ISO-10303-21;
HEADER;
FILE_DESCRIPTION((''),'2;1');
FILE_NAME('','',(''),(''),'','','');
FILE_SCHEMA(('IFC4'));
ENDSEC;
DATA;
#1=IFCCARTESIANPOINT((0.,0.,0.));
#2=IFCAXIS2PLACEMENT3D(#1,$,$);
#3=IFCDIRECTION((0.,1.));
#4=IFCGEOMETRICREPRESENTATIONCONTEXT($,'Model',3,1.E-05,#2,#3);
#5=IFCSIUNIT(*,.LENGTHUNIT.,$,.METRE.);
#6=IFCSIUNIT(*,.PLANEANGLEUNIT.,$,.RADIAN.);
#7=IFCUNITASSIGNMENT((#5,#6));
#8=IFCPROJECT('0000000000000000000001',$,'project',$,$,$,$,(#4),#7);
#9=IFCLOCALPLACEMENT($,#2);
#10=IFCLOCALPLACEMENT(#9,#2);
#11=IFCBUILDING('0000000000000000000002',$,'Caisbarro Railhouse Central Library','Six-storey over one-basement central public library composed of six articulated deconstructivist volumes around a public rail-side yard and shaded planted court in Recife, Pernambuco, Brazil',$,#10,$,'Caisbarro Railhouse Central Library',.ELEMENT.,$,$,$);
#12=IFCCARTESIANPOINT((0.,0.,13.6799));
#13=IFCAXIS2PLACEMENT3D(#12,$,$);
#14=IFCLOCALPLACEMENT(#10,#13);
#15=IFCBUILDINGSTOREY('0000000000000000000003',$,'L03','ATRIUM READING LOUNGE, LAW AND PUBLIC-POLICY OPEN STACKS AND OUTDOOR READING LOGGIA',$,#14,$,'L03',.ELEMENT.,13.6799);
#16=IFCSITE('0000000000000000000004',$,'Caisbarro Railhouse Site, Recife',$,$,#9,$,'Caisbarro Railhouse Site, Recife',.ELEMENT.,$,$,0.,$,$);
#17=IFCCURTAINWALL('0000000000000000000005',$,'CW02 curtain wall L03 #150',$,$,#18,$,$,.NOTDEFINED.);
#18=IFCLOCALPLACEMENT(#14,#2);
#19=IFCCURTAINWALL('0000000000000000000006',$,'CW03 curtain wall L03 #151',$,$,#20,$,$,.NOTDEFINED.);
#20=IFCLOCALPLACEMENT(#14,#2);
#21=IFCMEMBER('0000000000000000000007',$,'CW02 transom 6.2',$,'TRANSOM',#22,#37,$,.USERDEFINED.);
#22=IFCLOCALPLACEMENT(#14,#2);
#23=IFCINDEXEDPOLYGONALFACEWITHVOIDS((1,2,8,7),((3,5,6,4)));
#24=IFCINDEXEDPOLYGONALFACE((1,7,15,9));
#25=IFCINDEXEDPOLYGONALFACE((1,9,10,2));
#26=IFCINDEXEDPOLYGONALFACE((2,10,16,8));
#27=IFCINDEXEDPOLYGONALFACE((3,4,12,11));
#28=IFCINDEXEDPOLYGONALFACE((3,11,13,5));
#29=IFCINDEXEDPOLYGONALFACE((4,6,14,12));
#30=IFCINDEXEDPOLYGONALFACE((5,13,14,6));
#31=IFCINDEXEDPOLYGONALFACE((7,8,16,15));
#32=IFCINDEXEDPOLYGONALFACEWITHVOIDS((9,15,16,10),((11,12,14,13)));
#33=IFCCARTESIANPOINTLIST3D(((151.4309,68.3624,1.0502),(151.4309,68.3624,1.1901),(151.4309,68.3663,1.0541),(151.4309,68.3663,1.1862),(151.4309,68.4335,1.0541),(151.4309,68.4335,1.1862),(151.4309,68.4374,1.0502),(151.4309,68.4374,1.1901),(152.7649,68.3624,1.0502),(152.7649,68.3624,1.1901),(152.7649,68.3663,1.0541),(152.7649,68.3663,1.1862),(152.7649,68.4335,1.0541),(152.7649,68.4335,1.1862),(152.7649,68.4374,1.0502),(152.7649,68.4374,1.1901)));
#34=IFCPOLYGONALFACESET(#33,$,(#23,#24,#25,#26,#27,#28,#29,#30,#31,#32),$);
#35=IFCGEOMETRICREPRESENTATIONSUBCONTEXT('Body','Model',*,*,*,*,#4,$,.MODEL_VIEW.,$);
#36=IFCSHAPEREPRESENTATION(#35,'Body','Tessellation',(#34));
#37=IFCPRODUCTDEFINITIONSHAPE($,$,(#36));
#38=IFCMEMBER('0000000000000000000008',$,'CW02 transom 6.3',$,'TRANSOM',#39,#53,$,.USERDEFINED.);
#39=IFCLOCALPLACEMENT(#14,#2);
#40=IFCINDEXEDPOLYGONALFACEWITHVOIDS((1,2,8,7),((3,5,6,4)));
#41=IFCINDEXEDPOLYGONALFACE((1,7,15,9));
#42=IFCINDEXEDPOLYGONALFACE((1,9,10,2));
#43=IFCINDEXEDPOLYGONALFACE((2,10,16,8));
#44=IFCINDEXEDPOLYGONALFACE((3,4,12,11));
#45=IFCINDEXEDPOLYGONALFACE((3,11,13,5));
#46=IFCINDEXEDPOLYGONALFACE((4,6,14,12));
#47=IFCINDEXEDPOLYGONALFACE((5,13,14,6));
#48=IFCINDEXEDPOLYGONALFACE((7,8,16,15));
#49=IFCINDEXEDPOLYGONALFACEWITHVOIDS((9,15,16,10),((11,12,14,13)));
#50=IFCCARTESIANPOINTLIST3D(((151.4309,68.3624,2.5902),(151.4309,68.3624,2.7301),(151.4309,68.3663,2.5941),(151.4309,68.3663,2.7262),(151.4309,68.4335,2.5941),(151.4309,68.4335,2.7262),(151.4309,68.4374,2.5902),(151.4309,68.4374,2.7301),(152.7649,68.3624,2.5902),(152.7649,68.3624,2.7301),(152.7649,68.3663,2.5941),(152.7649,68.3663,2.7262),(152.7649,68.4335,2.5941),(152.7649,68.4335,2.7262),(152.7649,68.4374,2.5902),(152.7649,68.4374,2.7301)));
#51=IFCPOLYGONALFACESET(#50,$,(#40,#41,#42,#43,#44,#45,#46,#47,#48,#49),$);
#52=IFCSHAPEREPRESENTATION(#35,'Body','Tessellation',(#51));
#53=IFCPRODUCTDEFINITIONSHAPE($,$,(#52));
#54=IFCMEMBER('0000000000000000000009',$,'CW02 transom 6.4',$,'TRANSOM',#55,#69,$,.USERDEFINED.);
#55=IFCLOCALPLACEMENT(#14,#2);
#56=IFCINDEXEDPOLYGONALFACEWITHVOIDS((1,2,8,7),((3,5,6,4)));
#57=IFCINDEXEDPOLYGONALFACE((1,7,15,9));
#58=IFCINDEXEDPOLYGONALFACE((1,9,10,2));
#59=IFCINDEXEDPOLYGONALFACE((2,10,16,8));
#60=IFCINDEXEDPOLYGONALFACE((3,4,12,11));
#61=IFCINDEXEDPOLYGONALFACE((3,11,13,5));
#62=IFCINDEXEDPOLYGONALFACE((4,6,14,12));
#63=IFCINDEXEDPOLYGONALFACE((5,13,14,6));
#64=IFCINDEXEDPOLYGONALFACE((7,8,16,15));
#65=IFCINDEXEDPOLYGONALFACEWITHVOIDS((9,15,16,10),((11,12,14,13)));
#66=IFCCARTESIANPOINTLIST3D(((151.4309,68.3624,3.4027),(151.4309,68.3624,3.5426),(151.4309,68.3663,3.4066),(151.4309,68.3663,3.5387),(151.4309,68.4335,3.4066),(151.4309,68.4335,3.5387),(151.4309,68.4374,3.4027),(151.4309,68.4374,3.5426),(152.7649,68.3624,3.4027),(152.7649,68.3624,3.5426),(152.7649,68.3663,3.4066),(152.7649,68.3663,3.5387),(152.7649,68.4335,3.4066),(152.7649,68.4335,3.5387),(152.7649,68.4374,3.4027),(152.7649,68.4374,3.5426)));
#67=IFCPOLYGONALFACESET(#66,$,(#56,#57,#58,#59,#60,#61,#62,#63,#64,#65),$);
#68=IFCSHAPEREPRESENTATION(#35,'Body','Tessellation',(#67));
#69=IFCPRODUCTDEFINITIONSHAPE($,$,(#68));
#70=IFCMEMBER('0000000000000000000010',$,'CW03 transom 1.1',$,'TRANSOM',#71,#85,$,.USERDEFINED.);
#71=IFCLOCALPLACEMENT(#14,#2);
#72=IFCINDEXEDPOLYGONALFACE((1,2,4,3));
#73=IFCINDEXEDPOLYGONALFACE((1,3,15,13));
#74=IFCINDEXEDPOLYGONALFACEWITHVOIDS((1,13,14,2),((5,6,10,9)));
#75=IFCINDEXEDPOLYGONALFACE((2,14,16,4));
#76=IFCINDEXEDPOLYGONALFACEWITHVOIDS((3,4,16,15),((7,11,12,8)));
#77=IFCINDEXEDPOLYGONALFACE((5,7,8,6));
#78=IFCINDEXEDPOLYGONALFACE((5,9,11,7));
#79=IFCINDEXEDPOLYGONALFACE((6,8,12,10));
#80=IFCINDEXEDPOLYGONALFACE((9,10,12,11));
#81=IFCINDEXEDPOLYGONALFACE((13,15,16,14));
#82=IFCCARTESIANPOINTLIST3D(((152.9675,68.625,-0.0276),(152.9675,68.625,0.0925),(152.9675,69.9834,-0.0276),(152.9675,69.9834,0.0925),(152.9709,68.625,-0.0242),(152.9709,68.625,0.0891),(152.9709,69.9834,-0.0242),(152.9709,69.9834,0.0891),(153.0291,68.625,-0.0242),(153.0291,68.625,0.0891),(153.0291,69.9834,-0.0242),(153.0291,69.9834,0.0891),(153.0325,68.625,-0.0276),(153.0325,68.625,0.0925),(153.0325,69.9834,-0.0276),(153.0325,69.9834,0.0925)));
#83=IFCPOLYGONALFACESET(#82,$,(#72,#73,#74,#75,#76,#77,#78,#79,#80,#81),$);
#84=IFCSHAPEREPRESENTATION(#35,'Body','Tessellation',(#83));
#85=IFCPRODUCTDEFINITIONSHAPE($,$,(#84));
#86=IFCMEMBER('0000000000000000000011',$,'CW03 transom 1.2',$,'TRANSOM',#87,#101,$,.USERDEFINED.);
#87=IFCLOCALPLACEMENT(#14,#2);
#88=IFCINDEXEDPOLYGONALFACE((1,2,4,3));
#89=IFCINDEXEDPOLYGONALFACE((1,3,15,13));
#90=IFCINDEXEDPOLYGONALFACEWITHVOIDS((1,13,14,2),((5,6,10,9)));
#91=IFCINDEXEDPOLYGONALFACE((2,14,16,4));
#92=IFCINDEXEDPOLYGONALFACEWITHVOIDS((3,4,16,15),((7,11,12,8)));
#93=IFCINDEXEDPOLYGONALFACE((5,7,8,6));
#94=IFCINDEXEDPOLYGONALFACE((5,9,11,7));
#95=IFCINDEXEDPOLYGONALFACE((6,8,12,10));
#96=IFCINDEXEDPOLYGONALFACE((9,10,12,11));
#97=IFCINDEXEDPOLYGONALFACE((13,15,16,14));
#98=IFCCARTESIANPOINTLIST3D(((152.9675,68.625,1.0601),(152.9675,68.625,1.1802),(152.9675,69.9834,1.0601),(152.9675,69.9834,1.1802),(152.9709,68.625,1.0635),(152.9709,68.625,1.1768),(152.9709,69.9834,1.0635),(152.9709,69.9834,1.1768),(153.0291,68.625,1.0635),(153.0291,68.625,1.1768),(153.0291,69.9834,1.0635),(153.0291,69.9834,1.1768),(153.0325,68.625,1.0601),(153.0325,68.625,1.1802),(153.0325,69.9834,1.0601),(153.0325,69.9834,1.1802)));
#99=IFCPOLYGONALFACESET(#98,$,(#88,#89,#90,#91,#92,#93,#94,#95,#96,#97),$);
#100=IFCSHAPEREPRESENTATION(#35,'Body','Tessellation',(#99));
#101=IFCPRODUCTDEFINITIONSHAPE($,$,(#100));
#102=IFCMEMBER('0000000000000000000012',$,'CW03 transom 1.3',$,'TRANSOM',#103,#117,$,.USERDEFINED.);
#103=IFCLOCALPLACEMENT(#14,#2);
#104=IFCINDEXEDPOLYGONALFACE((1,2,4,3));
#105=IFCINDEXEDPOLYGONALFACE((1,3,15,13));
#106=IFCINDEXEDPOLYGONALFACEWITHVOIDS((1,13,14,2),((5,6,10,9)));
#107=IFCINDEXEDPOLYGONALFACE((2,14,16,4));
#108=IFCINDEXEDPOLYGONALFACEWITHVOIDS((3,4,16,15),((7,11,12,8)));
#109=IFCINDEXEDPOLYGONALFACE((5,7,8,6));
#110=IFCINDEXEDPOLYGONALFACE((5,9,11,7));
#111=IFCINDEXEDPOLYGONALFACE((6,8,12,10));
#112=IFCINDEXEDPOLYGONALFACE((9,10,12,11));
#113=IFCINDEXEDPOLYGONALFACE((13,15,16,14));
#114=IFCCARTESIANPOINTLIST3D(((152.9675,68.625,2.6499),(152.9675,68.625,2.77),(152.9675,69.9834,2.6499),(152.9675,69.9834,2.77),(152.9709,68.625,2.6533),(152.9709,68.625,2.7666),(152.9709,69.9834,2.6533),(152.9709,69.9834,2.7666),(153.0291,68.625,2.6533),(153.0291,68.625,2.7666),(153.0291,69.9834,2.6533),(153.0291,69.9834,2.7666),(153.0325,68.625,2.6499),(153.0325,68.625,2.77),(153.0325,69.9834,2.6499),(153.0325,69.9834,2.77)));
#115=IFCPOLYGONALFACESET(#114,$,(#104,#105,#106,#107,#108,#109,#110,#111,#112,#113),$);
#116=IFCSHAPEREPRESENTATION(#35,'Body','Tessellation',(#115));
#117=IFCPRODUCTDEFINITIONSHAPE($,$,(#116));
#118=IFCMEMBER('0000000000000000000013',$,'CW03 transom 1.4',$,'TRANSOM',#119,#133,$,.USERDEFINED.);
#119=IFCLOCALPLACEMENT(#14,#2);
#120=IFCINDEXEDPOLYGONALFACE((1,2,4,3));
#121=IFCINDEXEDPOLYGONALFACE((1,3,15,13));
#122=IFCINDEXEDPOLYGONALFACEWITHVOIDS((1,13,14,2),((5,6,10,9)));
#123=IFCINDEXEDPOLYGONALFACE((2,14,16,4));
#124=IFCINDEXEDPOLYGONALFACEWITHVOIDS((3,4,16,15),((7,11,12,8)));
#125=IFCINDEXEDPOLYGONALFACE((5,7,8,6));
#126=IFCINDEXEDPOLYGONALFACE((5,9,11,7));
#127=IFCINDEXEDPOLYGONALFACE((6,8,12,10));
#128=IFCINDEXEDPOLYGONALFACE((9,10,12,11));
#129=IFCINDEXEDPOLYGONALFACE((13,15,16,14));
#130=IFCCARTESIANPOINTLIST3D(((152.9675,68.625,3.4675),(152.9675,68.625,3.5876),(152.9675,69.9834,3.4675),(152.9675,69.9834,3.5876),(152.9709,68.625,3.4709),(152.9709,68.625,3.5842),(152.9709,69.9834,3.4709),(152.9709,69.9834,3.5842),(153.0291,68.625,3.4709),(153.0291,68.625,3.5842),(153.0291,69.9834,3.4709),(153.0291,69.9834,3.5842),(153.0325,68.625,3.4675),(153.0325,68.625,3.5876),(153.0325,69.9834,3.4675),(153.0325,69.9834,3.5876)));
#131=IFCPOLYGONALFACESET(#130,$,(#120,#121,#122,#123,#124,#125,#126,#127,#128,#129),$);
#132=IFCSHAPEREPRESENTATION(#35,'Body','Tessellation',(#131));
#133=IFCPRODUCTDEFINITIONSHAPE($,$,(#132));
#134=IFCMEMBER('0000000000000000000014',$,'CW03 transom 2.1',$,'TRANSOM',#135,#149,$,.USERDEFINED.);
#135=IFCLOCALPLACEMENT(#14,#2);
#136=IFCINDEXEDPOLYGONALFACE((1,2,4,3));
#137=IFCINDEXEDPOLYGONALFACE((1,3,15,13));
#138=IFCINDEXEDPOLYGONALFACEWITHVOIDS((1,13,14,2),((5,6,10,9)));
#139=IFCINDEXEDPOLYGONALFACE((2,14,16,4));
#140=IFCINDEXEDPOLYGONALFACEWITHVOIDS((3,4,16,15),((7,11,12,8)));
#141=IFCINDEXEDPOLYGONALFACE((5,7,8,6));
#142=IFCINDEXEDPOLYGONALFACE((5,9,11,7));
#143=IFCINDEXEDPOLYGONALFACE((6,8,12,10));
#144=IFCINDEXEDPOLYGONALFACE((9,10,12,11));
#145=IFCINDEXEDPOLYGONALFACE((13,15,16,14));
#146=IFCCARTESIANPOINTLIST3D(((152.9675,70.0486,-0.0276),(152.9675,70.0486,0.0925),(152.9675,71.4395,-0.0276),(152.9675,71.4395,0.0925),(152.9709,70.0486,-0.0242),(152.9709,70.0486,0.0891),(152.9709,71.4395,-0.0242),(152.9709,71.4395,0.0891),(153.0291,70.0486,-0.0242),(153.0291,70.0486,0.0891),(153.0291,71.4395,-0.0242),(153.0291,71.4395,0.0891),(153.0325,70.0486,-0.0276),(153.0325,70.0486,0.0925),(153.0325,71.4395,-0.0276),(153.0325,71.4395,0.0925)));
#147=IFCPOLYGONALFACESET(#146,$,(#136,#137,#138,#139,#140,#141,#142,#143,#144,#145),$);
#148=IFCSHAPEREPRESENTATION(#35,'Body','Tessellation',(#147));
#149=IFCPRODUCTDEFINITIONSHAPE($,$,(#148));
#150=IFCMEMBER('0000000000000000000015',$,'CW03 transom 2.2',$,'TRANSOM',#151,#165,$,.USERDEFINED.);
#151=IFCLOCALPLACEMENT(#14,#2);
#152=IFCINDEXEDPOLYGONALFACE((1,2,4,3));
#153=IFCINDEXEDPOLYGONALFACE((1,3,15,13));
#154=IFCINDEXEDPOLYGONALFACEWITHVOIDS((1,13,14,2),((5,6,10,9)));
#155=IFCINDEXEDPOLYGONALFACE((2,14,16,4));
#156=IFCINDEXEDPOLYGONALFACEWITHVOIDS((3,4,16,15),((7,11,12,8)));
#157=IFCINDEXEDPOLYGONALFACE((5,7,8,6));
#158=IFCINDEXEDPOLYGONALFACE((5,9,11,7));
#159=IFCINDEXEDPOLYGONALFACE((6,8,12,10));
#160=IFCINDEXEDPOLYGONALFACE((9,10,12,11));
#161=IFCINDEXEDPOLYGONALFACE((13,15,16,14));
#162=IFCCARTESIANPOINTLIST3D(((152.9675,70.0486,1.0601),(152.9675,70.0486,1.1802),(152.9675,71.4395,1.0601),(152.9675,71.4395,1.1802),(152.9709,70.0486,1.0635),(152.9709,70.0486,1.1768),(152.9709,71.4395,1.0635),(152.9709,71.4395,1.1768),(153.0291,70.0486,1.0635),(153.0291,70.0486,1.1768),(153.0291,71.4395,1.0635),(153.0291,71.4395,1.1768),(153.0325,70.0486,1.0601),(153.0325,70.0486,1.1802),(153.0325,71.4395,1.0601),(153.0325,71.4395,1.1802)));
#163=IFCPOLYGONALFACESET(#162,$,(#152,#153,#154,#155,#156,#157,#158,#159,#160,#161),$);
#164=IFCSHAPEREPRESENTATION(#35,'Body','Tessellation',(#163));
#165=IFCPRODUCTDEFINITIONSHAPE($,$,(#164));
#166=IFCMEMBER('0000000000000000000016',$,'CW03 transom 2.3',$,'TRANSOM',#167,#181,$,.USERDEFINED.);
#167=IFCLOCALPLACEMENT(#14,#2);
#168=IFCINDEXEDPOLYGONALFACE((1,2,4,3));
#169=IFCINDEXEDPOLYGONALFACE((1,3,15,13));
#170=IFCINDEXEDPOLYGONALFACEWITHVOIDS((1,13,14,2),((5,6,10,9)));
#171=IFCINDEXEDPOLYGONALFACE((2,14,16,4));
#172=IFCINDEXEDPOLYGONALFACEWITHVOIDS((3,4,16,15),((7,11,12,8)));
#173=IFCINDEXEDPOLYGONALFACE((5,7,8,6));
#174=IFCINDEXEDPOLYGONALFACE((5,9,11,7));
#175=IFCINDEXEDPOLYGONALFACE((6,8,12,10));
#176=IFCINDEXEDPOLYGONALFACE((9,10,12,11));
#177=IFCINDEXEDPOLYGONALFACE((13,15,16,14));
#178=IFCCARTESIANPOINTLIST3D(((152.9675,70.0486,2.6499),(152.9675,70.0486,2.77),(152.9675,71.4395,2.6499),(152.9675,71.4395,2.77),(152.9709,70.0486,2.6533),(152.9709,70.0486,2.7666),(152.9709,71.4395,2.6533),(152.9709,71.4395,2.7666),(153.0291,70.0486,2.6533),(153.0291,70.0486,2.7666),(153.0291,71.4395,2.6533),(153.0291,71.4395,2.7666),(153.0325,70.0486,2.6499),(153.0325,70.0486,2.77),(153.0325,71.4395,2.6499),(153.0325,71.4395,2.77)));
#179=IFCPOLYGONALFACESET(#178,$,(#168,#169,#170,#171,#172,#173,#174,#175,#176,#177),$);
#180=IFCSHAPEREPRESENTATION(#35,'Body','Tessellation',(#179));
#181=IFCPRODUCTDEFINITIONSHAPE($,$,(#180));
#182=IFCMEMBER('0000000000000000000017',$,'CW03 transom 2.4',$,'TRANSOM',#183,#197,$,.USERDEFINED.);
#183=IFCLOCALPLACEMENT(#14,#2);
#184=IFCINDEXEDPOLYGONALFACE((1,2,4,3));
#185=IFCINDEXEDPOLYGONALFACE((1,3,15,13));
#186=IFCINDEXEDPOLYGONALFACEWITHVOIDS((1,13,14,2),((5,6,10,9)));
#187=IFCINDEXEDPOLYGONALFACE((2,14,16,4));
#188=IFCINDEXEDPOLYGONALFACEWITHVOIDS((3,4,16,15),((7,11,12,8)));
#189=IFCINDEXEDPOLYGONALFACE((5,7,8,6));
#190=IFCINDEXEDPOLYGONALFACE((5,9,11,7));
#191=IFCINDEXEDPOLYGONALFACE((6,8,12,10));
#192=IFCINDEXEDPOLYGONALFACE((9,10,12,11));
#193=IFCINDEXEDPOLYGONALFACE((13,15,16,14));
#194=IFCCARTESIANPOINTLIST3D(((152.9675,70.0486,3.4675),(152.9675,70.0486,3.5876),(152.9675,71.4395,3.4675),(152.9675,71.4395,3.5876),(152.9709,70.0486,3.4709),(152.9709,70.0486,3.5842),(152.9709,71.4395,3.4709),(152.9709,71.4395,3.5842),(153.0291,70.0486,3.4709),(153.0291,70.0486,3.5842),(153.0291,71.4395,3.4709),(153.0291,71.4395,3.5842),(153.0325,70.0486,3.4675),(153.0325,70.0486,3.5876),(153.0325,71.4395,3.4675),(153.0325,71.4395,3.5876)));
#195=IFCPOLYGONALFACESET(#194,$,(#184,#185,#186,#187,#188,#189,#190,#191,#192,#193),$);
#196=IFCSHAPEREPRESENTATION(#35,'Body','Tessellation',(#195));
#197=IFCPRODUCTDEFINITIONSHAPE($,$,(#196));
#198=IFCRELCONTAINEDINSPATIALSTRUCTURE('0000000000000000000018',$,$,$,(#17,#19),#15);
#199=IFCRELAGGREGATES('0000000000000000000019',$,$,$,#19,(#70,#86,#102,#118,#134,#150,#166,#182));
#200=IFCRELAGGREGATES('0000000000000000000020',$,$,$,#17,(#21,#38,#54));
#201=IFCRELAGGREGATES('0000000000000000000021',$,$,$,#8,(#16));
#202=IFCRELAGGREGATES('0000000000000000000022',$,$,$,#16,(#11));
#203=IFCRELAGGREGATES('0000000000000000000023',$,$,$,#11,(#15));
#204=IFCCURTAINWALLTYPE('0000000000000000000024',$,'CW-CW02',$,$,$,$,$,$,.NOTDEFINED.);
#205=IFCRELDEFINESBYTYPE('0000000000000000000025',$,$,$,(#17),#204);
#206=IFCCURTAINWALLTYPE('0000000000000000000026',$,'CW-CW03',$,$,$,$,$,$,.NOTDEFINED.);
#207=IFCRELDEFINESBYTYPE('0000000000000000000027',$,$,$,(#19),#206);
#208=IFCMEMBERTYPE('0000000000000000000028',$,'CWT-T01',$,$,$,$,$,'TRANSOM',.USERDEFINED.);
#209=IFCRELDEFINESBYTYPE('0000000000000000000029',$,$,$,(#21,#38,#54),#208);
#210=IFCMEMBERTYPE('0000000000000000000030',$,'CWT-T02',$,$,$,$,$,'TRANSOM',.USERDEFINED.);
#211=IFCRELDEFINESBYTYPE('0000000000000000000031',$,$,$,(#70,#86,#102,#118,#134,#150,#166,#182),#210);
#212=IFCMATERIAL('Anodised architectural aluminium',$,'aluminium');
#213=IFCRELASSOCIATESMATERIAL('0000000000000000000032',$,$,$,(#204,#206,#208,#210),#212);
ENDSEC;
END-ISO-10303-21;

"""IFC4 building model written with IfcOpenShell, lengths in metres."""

from ifc_helpers import new_model, si_unit, direction, frame, origin, origin_2d, place, context, subcontext, project, spatial, hollow_rectangle, extrude, material, material_profile, profile_set, type_object, element, aggregate, save


model = new_model("IFC4")

# Units and contexts
model_context = context("Model", 3, precision=1e-05, world=origin(), true_north=direction((0.0, 1.0)))
body_context = subcontext(model_context, "Body", "Model", "MODEL_VIEW")
ifc_project = project(units=[si_unit("LENGTHUNIT", "METRE"), si_unit("PLANEANGLEUNIT", "RADIAN")], contexts=[model_context])

# Site, building, storey
site_placement = place(None, origin())
site = spatial("IfcSite", under=ifc_project, at=site_placement, Name="Caisbarro Railhouse Site, Recife", LongName="Caisbarro Railhouse Site, Recife", CompositionType="ELEMENT", RefElevation=0.0)
building_placement = place(site_placement, origin())
building = spatial("IfcBuilding", under=site, at=building_placement, Name="Caisbarro Railhouse Central Library", Description="Six-storey over one-basement central public library composed of six articulated deconstructivist volumes around a public rail-side yard and shaded planted court in Recife, Pernambuco, Brazil", LongName="Caisbarro Railhouse Central Library", CompositionType="ELEMENT")
storey_placement = place(building_placement, frame((0.0, 0.0, 13.6799)))
storey = spatial("IfcBuildingStorey", under=building, at=storey_placement, Name="L03", Description="ATRIUM READING LOUNGE, LAW AND PUBLIC-POLICY OPEN STACKS AND OUTDOOR READING LOGGIA", LongName="L03", CompositionType="ELEMENT", Elevation=13.6799)

# Curtain walls
ifc_material_1 = material(Name="Anodised architectural aluminium", Category="aluminium")
curtain_wall_type_1 = type_object("IfcCurtainWallType", Name="CW-CW02", PredefinedType="NOTDEFINED", material=ifc_material_1)
curtain_wall_1_placement = place(storey_placement, origin())
curtain_wall_1 = element("IfcCurtainWall", 1, at=curtain_wall_1_placement, inside=storey, type_object=curtain_wall_type_1, Name="CW02 curtain wall L03 #150", PredefinedType="NOTDEFINED")
curtain_wall_type_2 = type_object("IfcCurtainWallType", Name="CW-CW03", PredefinedType="NOTDEFINED", material=ifc_material_1)
curtain_wall_2_placement = place(storey_placement, origin())
curtain_wall_2 = element("IfcCurtainWall", 2, at=curtain_wall_2_placement, inside=storey, type_object=curtain_wall_type_2, Name="CW03 curtain wall L03 #151", PredefinedType="NOTDEFINED")

# Members
ifc_material_profile_1 = material_profile(ifc_material_1, hollow_rectangle(XDim=0.075, YDim=0.1399, WallThickness=0.0039, at=origin_2d()), Name="ALU-TRN-75X140")
ifc_profile_set_1 = profile_set([ifc_material_profile_1], Name="Anodised architectural aluminium")
member_type_1 = type_object("IfcMemberType", Name="CWT-T01", ElementType="TRANSOM", PredefinedType="USERDEFINED", material=ifc_profile_set_1)
member_1_placement = place(storey_placement, frame((151.4309, 68.3999, 1.1201), z_axis=(1.0, 0.0, 0.0), x_axis=(0.0, 1.0, 0.0)))
member_1 = element("IfcMember", 3, at=member_1_placement, type_object=member_type_1, Name="CW02 transom 6.2", ObjectType="TRANSOM", PredefinedType="USERDEFINED", context=body_context, shape_type="SweptSolid", body=[
    extrude(hollow_rectangle(XDim=0.075, YDim=0.1399, WallThickness=0.0039, at=origin_2d()), origin(), (0.0, 0.0, 1.0), 1.334),
])
member_2_placement = place(storey_placement, frame((151.4309, 68.3999, 2.6602), z_axis=(1.0, 0.0, 0.0), x_axis=(0.0, 1.0, 0.0)))
member_2 = element("IfcMember", 4, at=member_2_placement, type_object=member_type_1, Name="CW02 transom 6.3", ObjectType="TRANSOM", PredefinedType="USERDEFINED", context=body_context, shape_type="SweptSolid", body=[
    extrude(hollow_rectangle(XDim=0.075, YDim=0.1399, WallThickness=0.0039, at=origin_2d()), origin(), (0.0, 0.0, 1.0), 1.334),
])
member_3_placement = place(storey_placement, frame((151.4309, 68.3999, 3.4727), z_axis=(1.0, 0.0, 0.0), x_axis=(0.0, 1.0, 0.0)))
member_3 = element("IfcMember", 5, at=member_3_placement, type_object=member_type_1, Name="CW02 transom 6.4", ObjectType="TRANSOM", PredefinedType="USERDEFINED", context=body_context, shape_type="SweptSolid", body=[
    extrude(hollow_rectangle(XDim=0.075, YDim=0.1399, WallThickness=0.0039, at=origin_2d()), origin(), (0.0, 0.0, 1.0), 1.334),
])
ifc_material_profile_2 = material_profile(ifc_material_1, hollow_rectangle(XDim=0.0649, YDim=0.1201, WallThickness=0.0034, at=origin_2d()), Name="ALU-TRN-65X120")
ifc_profile_set_2 = profile_set([ifc_material_profile_2], Name="Anodised architectural aluminium")
member_type_2 = type_object("IfcMemberType", Name="CWT-T02", ElementType="TRANSOM", PredefinedType="USERDEFINED", material=ifc_profile_set_2)
member_4_placement = place(storey_placement, frame((153.0, 68.625, 0.0325), z_axis=(0.0, 1.0, 0.0), x_axis=(-1.0, 0.0, 0.0)))
member_4 = element("IfcMember", 6, at=member_4_placement, type_object=member_type_2, Name="CW03 transom 1.1", ObjectType="TRANSOM", PredefinedType="USERDEFINED", context=body_context, shape_type="SweptSolid", body=[
    extrude(hollow_rectangle(XDim=0.0649, YDim=0.1201, WallThickness=0.0034, at=origin_2d()), origin(), (0.0, 0.0, 1.0), 1.3584),
])
member_5_placement = place(storey_placement, frame((153.0, 68.625, 1.1201), z_axis=(0.0, 1.0, 0.0), x_axis=(-1.0, 0.0, 0.0)))
member_5 = element("IfcMember", 7, at=member_5_placement, type_object=member_type_2, Name="CW03 transom 1.2", ObjectType="TRANSOM", PredefinedType="USERDEFINED", context=body_context, shape_type="SweptSolid", body=[
    extrude(hollow_rectangle(XDim=0.0649, YDim=0.1201, WallThickness=0.0034, at=origin_2d()), origin(), (0.0, 0.0, 1.0), 1.3584),
])
member_6_placement = place(storey_placement, frame((153.0, 68.625, 2.71), z_axis=(0.0, 1.0, 0.0), x_axis=(-1.0, 0.0, 0.0)))
member_6 = element("IfcMember", 8, at=member_6_placement, type_object=member_type_2, Name="CW03 transom 1.3", ObjectType="TRANSOM", PredefinedType="USERDEFINED", context=body_context, shape_type="SweptSolid", body=[
    extrude(hollow_rectangle(XDim=0.0649, YDim=0.1201, WallThickness=0.0034, at=origin_2d()), origin(), (0.0, 0.0, 1.0), 1.3584),
])
member_7_placement = place(storey_placement, frame((153.0, 68.625, 3.5276), z_axis=(0.0, 1.0, 0.0), x_axis=(-1.0, 0.0, 0.0)))
member_7 = element("IfcMember", 9, at=member_7_placement, type_object=member_type_2, Name="CW03 transom 1.4", ObjectType="TRANSOM", PredefinedType="USERDEFINED", context=body_context, shape_type="SweptSolid", body=[
    extrude(hollow_rectangle(XDim=0.0649, YDim=0.1201, WallThickness=0.0034, at=origin_2d()), origin(), (0.0, 0.0, 1.0), 1.3584),
])
member_8_placement = place(storey_placement, frame((153.0, 70.0486, 0.0325), z_axis=(0.0, 1.0, 0.0), x_axis=(-1.0, 0.0, 0.0)))
member_8 = element("IfcMember", 10, at=member_8_placement, type_object=member_type_2, Name="CW03 transom 2.1", ObjectType="TRANSOM", PredefinedType="USERDEFINED", context=body_context, shape_type="SweptSolid", body=[
    extrude(hollow_rectangle(XDim=0.0649, YDim=0.1201, WallThickness=0.0034, at=origin_2d()), origin(), (0.0, 0.0, 1.0), 1.3909),
])
member_9_placement = place(storey_placement, frame((153.0, 70.0486, 1.1201), z_axis=(0.0, 1.0, 0.0), x_axis=(-1.0, 0.0, 0.0)))
member_9 = element("IfcMember", 11, at=member_9_placement, type_object=member_type_2, Name="CW03 transom 2.2", ObjectType="TRANSOM", PredefinedType="USERDEFINED", context=body_context, shape_type="SweptSolid", body=[
    extrude(hollow_rectangle(XDim=0.0649, YDim=0.1201, WallThickness=0.0034, at=origin_2d()), origin(), (0.0, 0.0, 1.0), 1.3909),
])
member_10_placement = place(storey_placement, frame((153.0, 70.0486, 2.71), z_axis=(0.0, 1.0, 0.0), x_axis=(-1.0, 0.0, 0.0)))
member_10 = element("IfcMember", 12, at=member_10_placement, type_object=member_type_2, Name="CW03 transom 2.3", ObjectType="TRANSOM", PredefinedType="USERDEFINED", context=body_context, shape_type="SweptSolid", body=[
    extrude(hollow_rectangle(XDim=0.0649, YDim=0.1201, WallThickness=0.0034, at=origin_2d()), origin(), (0.0, 0.0, 1.0), 1.3909),
])
member_11_placement = place(storey_placement, frame((153.0, 70.0486, 3.5276), z_axis=(0.0, 1.0, 0.0), x_axis=(-1.0, 0.0, 0.0)))
member_11 = element("IfcMember", 13, at=member_11_placement, type_object=member_type_2, Name="CW03 transom 2.4", ObjectType="TRANSOM", PredefinedType="USERDEFINED", context=body_context, shape_type="SweptSolid", body=[
    extrude(hollow_rectangle(XDim=0.0649, YDim=0.1201, WallThickness=0.0034, at=origin_2d()), origin(), (0.0, 0.0, 1.0), 1.3909),
])

aggregate(curtain_wall_2, [member_4, member_5, member_6, member_7, member_8, member_9, member_10, member_11])
aggregate(curtain_wall_1, [member_1, member_2, member_3])

save(model, "model.ifc")
